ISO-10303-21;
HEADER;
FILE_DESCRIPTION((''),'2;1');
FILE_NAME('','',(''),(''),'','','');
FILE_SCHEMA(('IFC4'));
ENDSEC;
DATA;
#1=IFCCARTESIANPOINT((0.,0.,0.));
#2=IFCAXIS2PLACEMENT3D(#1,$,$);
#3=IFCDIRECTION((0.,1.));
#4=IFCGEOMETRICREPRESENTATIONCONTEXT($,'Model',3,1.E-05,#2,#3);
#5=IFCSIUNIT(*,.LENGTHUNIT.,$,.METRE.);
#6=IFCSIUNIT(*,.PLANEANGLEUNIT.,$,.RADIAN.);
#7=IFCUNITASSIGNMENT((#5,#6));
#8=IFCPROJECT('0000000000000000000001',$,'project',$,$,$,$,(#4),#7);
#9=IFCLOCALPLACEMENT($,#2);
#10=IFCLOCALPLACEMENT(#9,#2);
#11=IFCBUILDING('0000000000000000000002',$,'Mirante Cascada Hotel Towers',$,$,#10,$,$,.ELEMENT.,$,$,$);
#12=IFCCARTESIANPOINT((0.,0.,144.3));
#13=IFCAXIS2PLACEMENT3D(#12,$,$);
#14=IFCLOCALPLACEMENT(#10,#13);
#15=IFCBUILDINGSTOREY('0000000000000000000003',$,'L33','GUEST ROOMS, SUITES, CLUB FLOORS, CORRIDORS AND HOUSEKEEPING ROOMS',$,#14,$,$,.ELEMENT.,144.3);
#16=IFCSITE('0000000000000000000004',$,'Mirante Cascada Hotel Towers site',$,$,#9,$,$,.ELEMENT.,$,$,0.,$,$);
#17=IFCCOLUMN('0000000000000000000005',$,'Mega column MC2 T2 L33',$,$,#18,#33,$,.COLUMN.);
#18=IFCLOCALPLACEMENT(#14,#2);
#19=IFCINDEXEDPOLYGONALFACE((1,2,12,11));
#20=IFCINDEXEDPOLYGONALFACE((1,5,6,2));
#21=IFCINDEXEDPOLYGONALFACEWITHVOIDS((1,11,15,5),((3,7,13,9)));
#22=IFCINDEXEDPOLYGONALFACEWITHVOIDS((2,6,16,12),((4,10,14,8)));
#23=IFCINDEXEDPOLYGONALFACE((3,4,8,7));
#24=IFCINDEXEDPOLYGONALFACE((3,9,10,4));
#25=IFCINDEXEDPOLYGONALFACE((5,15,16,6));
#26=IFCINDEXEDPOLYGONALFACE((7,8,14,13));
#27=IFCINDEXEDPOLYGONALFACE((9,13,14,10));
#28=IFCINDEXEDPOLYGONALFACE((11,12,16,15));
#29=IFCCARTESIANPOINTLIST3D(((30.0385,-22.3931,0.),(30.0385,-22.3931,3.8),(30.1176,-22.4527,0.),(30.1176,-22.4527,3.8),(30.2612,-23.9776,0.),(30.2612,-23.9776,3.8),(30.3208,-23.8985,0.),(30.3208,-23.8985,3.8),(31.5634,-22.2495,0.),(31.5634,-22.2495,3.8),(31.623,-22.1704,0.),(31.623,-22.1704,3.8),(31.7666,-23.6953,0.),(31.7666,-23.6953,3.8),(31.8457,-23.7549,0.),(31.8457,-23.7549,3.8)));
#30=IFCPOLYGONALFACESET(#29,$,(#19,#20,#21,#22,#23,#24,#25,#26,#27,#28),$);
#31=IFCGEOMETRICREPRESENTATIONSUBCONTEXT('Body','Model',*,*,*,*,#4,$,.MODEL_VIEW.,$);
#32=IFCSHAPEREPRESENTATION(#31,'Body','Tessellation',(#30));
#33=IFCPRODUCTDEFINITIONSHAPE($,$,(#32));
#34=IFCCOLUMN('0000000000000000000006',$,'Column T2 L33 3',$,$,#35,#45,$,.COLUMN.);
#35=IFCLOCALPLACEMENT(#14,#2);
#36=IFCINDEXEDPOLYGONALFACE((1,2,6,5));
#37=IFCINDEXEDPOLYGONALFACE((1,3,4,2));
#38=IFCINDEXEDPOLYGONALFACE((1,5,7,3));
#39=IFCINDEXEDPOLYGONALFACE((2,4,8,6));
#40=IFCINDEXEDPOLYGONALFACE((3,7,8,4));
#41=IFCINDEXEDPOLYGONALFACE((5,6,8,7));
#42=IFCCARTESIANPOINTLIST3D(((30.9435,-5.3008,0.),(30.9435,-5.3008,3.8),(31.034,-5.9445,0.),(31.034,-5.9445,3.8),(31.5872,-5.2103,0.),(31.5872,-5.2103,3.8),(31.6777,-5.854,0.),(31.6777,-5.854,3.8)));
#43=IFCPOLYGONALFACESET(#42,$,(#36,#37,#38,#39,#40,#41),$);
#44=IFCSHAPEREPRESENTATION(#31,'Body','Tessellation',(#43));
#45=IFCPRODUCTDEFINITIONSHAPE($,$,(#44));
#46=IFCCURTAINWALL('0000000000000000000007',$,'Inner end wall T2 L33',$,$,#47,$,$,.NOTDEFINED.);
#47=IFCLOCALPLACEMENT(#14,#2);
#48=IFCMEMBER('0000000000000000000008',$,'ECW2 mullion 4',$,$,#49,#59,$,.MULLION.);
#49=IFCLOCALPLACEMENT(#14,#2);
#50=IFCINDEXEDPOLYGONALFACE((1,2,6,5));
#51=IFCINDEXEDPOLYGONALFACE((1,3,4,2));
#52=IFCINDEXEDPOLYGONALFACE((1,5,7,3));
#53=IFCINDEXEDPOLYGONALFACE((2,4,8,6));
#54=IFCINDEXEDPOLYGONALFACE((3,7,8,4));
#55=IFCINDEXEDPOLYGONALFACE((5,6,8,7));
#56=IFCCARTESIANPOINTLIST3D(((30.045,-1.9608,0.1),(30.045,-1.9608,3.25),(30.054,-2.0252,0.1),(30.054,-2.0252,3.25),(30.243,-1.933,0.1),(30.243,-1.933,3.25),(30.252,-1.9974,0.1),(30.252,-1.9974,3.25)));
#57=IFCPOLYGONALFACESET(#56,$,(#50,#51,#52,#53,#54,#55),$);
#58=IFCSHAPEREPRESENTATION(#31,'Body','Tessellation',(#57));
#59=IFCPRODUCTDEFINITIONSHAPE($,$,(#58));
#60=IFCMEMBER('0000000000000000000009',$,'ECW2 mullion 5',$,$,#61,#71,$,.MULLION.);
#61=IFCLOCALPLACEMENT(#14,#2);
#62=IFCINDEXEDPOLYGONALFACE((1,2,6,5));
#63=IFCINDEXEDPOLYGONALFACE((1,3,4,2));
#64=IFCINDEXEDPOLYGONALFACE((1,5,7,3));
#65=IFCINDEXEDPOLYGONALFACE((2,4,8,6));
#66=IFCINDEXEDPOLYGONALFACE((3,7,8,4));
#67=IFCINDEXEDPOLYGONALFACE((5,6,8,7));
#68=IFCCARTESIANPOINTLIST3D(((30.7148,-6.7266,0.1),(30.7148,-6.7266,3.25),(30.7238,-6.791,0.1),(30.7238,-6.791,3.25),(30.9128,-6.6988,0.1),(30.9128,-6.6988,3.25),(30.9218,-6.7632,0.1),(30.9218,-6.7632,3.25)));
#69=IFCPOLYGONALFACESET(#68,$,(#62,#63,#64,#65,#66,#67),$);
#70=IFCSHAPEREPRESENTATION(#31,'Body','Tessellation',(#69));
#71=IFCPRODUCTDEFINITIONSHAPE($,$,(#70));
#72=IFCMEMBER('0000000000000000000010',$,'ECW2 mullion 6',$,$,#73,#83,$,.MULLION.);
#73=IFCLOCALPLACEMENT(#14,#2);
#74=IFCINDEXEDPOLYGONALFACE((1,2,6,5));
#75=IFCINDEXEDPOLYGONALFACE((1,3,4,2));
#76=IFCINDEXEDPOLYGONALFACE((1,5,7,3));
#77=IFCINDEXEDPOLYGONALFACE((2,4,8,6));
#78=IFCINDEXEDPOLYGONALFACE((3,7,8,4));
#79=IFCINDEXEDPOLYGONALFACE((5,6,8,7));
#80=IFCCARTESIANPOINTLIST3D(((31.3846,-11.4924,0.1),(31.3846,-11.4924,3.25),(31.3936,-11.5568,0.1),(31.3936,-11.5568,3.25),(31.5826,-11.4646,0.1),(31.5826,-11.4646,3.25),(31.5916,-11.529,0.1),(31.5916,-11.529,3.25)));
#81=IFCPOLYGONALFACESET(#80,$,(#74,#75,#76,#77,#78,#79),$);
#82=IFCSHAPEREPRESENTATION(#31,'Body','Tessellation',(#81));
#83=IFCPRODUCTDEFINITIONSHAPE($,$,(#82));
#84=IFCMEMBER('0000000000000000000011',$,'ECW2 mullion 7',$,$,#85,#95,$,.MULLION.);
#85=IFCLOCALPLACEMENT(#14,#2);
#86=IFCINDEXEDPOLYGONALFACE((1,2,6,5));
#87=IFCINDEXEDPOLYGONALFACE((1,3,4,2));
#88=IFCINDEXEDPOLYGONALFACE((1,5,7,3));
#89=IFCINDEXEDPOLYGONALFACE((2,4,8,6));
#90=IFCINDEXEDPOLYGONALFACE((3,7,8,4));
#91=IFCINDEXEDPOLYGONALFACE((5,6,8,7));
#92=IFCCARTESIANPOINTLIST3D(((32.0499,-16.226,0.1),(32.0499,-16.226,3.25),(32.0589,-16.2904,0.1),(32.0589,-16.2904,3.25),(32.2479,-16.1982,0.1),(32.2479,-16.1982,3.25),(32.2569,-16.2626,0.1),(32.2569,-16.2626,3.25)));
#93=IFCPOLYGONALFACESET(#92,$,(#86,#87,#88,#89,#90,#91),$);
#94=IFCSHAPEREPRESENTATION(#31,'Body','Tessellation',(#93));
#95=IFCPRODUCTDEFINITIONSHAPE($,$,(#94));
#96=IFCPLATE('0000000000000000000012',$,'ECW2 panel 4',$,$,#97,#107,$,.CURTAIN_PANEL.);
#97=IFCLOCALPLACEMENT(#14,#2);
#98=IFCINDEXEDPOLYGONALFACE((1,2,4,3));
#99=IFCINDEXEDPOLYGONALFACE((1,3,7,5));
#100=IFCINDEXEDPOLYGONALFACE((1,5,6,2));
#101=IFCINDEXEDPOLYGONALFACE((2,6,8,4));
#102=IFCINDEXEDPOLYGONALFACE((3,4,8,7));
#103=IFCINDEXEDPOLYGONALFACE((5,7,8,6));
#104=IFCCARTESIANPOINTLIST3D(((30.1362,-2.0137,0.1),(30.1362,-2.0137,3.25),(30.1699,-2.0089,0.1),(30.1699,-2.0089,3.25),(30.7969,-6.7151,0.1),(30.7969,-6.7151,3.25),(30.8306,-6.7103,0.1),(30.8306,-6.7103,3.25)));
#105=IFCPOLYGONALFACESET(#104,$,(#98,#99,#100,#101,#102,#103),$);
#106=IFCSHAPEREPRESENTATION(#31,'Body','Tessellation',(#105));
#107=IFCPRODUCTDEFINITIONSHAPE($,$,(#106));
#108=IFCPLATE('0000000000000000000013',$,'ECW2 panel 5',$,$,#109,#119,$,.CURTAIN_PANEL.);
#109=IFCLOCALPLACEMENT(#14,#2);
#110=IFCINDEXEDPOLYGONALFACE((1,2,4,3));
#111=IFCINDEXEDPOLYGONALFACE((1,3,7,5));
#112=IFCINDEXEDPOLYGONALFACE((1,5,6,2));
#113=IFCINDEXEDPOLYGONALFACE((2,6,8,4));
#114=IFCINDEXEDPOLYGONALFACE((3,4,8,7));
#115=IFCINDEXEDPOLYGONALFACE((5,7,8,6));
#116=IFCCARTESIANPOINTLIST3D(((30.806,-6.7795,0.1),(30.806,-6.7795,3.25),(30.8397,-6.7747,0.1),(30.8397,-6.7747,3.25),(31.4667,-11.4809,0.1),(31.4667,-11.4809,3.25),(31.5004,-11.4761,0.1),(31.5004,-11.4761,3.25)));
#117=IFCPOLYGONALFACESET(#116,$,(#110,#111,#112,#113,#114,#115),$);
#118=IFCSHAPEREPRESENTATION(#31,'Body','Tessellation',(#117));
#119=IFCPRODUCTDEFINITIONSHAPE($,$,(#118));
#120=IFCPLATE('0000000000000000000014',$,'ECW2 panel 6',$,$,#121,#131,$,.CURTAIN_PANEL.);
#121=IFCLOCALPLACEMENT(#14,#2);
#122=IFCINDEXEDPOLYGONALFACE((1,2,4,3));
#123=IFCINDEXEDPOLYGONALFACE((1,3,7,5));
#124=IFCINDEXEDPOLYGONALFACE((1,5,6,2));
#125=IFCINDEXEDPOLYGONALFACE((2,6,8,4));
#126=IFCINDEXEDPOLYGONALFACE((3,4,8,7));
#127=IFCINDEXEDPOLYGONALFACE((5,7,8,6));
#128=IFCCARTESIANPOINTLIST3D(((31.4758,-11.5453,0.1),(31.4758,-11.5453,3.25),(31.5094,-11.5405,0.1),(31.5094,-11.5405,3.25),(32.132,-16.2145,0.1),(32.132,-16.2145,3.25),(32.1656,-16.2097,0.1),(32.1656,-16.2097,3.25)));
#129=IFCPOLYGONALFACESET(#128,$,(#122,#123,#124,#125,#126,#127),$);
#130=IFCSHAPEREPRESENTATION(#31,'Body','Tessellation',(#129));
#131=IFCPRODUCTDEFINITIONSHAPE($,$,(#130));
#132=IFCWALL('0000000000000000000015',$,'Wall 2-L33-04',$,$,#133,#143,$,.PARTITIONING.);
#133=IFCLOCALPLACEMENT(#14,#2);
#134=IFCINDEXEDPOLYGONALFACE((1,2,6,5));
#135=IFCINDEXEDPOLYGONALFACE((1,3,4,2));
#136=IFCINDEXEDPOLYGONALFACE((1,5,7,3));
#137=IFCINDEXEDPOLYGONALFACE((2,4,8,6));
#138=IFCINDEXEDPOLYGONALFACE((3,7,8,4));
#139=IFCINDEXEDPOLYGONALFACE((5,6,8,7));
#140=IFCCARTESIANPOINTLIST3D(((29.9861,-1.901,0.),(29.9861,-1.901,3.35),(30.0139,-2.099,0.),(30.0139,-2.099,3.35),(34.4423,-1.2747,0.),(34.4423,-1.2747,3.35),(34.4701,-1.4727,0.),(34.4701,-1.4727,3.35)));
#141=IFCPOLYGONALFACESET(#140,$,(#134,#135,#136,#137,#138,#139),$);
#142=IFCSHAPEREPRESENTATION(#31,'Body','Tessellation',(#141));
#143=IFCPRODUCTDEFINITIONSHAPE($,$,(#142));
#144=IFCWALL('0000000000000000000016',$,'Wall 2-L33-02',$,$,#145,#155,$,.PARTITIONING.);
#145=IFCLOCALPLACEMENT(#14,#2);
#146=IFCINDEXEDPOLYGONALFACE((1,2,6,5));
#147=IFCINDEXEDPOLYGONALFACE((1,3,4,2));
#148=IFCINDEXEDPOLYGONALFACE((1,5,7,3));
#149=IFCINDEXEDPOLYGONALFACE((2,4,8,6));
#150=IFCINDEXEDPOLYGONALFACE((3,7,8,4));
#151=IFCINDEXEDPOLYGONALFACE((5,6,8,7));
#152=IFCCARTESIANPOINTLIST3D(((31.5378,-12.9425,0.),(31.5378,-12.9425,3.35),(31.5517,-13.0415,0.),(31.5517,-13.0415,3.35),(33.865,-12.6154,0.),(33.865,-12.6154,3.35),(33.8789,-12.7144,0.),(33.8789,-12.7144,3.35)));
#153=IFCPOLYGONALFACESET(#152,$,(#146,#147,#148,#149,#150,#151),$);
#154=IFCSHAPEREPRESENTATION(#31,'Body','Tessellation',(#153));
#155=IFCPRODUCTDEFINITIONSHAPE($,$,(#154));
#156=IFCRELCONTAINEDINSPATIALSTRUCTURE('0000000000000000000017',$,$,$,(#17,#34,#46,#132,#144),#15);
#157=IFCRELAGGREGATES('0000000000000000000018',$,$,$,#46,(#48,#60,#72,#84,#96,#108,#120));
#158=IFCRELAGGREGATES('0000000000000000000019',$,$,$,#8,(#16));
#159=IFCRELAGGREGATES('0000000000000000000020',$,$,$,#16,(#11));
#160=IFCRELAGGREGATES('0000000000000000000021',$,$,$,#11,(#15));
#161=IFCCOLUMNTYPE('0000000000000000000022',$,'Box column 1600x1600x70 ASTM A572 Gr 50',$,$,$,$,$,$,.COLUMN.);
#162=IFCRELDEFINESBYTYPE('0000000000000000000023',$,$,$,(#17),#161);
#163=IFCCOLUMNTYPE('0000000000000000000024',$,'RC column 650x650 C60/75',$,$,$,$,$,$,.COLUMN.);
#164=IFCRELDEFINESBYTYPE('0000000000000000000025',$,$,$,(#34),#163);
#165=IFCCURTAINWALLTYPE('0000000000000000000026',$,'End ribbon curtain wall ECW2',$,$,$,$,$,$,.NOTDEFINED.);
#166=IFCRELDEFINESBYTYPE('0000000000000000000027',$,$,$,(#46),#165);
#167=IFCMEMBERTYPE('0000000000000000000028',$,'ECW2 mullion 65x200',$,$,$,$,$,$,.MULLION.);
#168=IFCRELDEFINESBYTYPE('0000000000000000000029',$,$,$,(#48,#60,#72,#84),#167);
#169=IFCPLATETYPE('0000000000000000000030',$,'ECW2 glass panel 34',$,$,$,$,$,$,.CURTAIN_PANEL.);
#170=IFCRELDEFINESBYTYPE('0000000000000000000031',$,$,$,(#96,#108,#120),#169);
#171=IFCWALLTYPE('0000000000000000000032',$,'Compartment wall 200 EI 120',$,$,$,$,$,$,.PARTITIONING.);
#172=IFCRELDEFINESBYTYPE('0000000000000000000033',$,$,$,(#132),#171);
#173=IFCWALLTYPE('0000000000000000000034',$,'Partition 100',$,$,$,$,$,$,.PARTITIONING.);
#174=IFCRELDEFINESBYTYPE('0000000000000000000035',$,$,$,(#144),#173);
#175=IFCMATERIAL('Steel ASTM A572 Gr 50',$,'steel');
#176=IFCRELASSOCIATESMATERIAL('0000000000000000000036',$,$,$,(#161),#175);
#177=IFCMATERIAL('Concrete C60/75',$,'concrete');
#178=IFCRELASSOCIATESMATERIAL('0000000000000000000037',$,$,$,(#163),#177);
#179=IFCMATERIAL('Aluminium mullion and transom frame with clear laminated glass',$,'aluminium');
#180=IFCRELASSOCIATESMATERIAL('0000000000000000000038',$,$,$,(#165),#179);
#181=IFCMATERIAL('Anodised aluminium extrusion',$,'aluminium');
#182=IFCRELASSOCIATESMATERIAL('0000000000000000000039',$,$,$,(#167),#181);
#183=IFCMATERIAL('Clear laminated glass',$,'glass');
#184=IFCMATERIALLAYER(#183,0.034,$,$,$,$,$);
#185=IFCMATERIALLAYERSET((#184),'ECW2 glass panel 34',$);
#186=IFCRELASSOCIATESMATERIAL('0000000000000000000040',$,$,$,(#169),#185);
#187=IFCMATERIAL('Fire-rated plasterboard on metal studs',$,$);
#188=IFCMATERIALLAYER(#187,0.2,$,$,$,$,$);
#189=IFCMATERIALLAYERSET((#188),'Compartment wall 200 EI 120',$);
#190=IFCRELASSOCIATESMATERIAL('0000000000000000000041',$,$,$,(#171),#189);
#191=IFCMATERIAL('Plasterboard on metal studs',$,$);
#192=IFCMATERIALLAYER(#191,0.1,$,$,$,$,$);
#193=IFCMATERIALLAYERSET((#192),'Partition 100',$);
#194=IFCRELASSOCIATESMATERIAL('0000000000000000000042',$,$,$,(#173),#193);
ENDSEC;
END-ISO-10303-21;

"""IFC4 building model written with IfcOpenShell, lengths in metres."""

from ifc_helpers import new_model, si_unit, direction, frame, frame_2d, origin, origin_2d, place, context, subcontext, project, spatial, rectangle, hollow_rectangle, extrude, material, layer, layer_set, material_profile, profile_set, type_object, element, aggregate, save


model = new_model("IFC4")

# Units and contexts
model_context = context("Model", 3, precision=1e-05, world=origin(), true_north=direction((0.0, 1.0)))
body_context = subcontext(model_context, "Body", "Model", "MODEL_VIEW")
ifc_project = project(units=[si_unit("LENGTHUNIT", "METRE"), si_unit("PLANEANGLEUNIT", "RADIAN")], contexts=[model_context])

# Site, building, storey
site_placement = place(None, origin())
site = spatial("IfcSite", under=ifc_project, at=site_placement, Name="Mirante Cascada Hotel Towers site", CompositionType="ELEMENT", RefElevation=0.0)
building_placement = place(site_placement, origin())
building = spatial("IfcBuilding", under=site, at=building_placement, Name="Mirante Cascada Hotel Towers", CompositionType="ELEMENT")
storey_placement = place(building_placement, frame((0.0, 0.0, 144.3)))
storey = spatial("IfcBuildingStorey", under=building, at=storey_placement, Name="L33", Description="GUEST ROOMS, SUITES, CLUB FLOORS, CORRIDORS AND HOUSEKEEPING ROOMS", CompositionType="ELEMENT", Elevation=144.3)

# Columns
ifc_material_1 = material(Name="Steel ASTM A572 Gr 50", Category="steel")
ifc_material_profile_1 = material_profile(ifc_material_1, hollow_rectangle(XDim=1.6, YDim=1.6, WallThickness=0.07, at=origin_2d()), Name="Box column 1600x1600x70 ASTM A572 Gr 50")
ifc_profile_set_1 = profile_set([ifc_material_profile_1], Name="Steel ASTM A572 Gr 50")
column_type_1 = type_object("IfcColumnType", Name="Box column 1600x1600x70 ASTM A572 Gr 50", PredefinedType="COLUMN", material=ifc_profile_set_1)
column_1_placement = place(storey_placement, frame((30.9421, -23.074, 0.0), z_axis=(0.0, 0.0, 1.0), x_axis=(0.990268, 0.139173, 0.0)))
element("IfcColumn", 1, at=column_1_placement, inside=storey, type_object=column_type_1, Name="Mega column MC2 T2 L33", PredefinedType="COLUMN", context=body_context, shape_type="SweptSolid", body=[
    extrude(hollow_rectangle(XDim=1.6, YDim=1.6, WallThickness=0.07, at=origin_2d()), origin(), (0.0, 0.0, 1.0), 3.8),
])
ifc_material_2 = material(Name="Concrete C60/75", Category="concrete")
ifc_material_profile_2 = material_profile(ifc_material_2, rectangle(XDim=0.65, YDim=0.65, at=origin_2d()), Name="RC column 650x650 C60/75")
ifc_profile_set_2 = profile_set([ifc_material_profile_2], Name="Concrete C60/75")
column_type_2 = type_object("IfcColumnType", Name="RC column 650x650 C60/75", PredefinedType="COLUMN", material=ifc_profile_set_2)
column_2_placement = place(storey_placement, frame((31.3106, -5.5774, 0.0), z_axis=(0.0, 0.0, 1.0), x_axis=(0.990268, 0.139173, 0.0)))
element("IfcColumn", 2, at=column_2_placement, inside=storey, type_object=column_type_2, Name="Column T2 L33 3", PredefinedType="COLUMN", context=body_context, shape_type="SweptSolid", body=[
    extrude(rectangle(XDim=0.65, YDim=0.65, at=origin_2d()), origin(), (0.0, 0.0, 1.0), 3.8),
])

# Curtain wall, members, plates
ifc_material_3 = material(Name="Aluminium mullion and transom frame with clear laminated glass", Category="aluminium")
curtain_wall_type = type_object("IfcCurtainWallType", Name="End ribbon curtain wall ECW2", PredefinedType="NOTDEFINED", material=ifc_material_3)
curtain_wall_placement = place(storey_placement, origin())
curtain_wall = element("IfcCurtainWall", 3, at=curtain_wall_placement, inside=storey, type_object=curtain_wall_type, Name="Inner end wall T2 L33", PredefinedType="NOTDEFINED")
ifc_material_4 = material(Name="Anodised aluminium extrusion", Category="aluminium")
ifc_material_profile_3 = material_profile(ifc_material_4, rectangle(XDim=0.2, YDim=0.065, at=origin_2d()), Name="ECW2 MULLION 65x200")
ifc_profile_set_3 = profile_set([ifc_material_profile_3], Name="Anodised aluminium extrusion")
member_type = type_object("IfcMemberType", Name="ECW2 mullion 65x200", PredefinedType="MULLION", material=ifc_profile_set_3)
member_1_placement = place(storey_placement, frame((30.1485, -1.9791, 0.1), z_axis=(0.0, 0.0, 1.0), x_axis=(0.990268, 0.139173, 0.0)))
member_1 = element("IfcMember", 4, at=member_1_placement, type_object=member_type, Name="ECW2 mullion 4", PredefinedType="MULLION", context=body_context, shape_type="SweptSolid", body=[
    extrude(rectangle(XDim=0.2, YDim=0.065, at=origin_2d()), origin(), (0.0, 0.0, 1.0), 3.15),
])
member_2_placement = place(storey_placement, frame((30.8183, -6.7449, 0.1), z_axis=(0.0, 0.0, 1.0), x_axis=(0.990268, 0.139173, 0.0)))
member_2 = element("IfcMember", 5, at=member_2_placement, type_object=member_type, Name="ECW2 mullion 5", PredefinedType="MULLION", context=body_context, shape_type="SweptSolid", body=[
    extrude(rectangle(XDim=0.2, YDim=0.065, at=origin_2d()), origin(), (0.0, 0.0, 1.0), 3.15),
])
member_3_placement = place(storey_placement, frame((31.4881, -11.5107, 0.1), z_axis=(0.0, 0.0, 1.0), x_axis=(0.990268, 0.139173, 0.0)))
member_3 = element("IfcMember", 6, at=member_3_placement, type_object=member_type, Name="ECW2 mullion 6", PredefinedType="MULLION", context=body_context, shape_type="SweptSolid", body=[
    extrude(rectangle(XDim=0.2, YDim=0.065, at=origin_2d()), origin(), (0.0, 0.0, 1.0), 3.15),
])
member_4_placement = place(storey_placement, frame((32.1534, -16.2443, 0.1), z_axis=(0.0, 0.0, 1.0), x_axis=(0.990268, 0.139173, 0.0)))
member_4 = element("IfcMember", 7, at=member_4_placement, type_object=member_type, Name="ECW2 mullion 7", PredefinedType="MULLION", context=body_context, shape_type="SweptSolid", body=[
    extrude(rectangle(XDim=0.2, YDim=0.065, at=origin_2d()), origin(), (0.0, 0.0, 1.0), 3.15),
])
ifc_material_5 = material(Name="Clear laminated glass", Category="glass")
ifc_layer_1 = layer(ifc_material_5, 0.034)
ifc_layer_set_1 = layer_set([ifc_layer_1], Name="ECW2 glass panel 34")
plate_type = type_object("IfcPlateType", Name="ECW2 glass panel 34", PredefinedType="CURTAIN_PANEL", material=ifc_layer_set_1)
plate_1_placement = place(storey_placement, frame((30.4834, -4.362, 0.1), z_axis=(0.0, 0.0, 1.0), x_axis=(0.139173, -0.990268, 0.0)))
plate_1 = element("IfcPlate", 8, at=plate_1_placement, type_object=plate_type, Name="ECW2 panel 4", PredefinedType="CURTAIN_PANEL", context=body_context, shape_type="SweptSolid", body=[
    extrude(rectangle(XDim=4.7476, YDim=0.034, at=origin_2d()), origin(), (0.0, 0.0, 1.0), 3.15),
])
plate_2_placement = place(storey_placement, frame((31.1532, -9.1278, 0.1), z_axis=(0.0, 0.0, 1.0), x_axis=(0.139173, -0.990268, 0.0)))
plate_2 = element("IfcPlate", 9, at=plate_2_placement, type_object=plate_type, Name="ECW2 panel 5", PredefinedType="CURTAIN_PANEL", context=body_context, shape_type="SweptSolid", body=[
    extrude(rectangle(XDim=4.7476, YDim=0.034, at=origin_2d()), origin(), (0.0, 0.0, 1.0), 3.15),
])
plate_3_placement = place(storey_placement, frame((31.8207, -13.8775, 0.1), z_axis=(0.0, 0.0, 1.0), x_axis=(0.139173, -0.990268, 0.0)))
plate_3 = element("IfcPlate", 10, at=plate_3_placement, type_object=plate_type, Name="ECW2 panel 6", PredefinedType="CURTAIN_PANEL", context=body_context, shape_type="SweptSolid", body=[
    extrude(rectangle(XDim=4.7151, YDim=0.034, at=origin_2d()), origin(), (0.0, 0.0, 1.0), 3.15),
])
aggregate(curtain_wall, [member_1, member_2, member_3, member_4, plate_1, plate_2, plate_3])

# Walls
ifc_material_6 = material(Name="Fire-rated plasterboard on metal studs")
ifc_layer_2 = layer(ifc_material_6, 0.2)
ifc_layer_set_2 = layer_set([ifc_layer_2], Name="Compartment wall 200 EI 120")
wall_type_1 = type_object("IfcWallType", Name="Compartment wall 200 EI 120", PredefinedType="PARTITIONING", material=ifc_layer_set_2)
wall_1_placement = place(storey_placement, frame((30.0, -2.0, 0.0), z_axis=(0.0, 0.0, 1.0), x_axis=(0.990267, 0.139178, 0.0)))
element("IfcWall", 11, at=wall_1_placement, inside=storey, type_object=wall_type_1, Name="Wall 2-L33-04", PredefinedType="PARTITIONING", context=body_context, shape_type="SweptSolid", body=[
    extrude(rectangle(XDim=4.5, YDim=0.2, at=frame_2d((2.25, 0.0))), origin(), (0.0, 0.0, 1.0), 3.35),
])
ifc_material_7 = material(Name="Plasterboard on metal studs")
ifc_layer_3 = layer(ifc_material_7, 0.1)
ifc_layer_set_3 = layer_set([ifc_layer_3], Name="Partition 100")
wall_type_2 = type_object("IfcWallType", Name="Partition 100", PredefinedType="PARTITIONING", material=ifc_layer_set_3)
wall_2_placement = place(storey_placement, frame((31.5448, -12.992, 0.0), z_axis=(0.0, 0.0, 1.0), x_axis=(0.990266, 0.139187, 0.0)))
element("IfcWall", 12, at=wall_2_placement, inside=storey, type_object=wall_type_2, Name="Wall 2-L33-02", PredefinedType="PARTITIONING", context=body_context, shape_type="SweptSolid", body=[
    extrude(rectangle(XDim=2.3501, YDim=0.1, at=frame_2d((1.175, 0.0))), origin(), (0.0, 0.0, 1.0), 3.35),
])

save(model, "model.ifc")
